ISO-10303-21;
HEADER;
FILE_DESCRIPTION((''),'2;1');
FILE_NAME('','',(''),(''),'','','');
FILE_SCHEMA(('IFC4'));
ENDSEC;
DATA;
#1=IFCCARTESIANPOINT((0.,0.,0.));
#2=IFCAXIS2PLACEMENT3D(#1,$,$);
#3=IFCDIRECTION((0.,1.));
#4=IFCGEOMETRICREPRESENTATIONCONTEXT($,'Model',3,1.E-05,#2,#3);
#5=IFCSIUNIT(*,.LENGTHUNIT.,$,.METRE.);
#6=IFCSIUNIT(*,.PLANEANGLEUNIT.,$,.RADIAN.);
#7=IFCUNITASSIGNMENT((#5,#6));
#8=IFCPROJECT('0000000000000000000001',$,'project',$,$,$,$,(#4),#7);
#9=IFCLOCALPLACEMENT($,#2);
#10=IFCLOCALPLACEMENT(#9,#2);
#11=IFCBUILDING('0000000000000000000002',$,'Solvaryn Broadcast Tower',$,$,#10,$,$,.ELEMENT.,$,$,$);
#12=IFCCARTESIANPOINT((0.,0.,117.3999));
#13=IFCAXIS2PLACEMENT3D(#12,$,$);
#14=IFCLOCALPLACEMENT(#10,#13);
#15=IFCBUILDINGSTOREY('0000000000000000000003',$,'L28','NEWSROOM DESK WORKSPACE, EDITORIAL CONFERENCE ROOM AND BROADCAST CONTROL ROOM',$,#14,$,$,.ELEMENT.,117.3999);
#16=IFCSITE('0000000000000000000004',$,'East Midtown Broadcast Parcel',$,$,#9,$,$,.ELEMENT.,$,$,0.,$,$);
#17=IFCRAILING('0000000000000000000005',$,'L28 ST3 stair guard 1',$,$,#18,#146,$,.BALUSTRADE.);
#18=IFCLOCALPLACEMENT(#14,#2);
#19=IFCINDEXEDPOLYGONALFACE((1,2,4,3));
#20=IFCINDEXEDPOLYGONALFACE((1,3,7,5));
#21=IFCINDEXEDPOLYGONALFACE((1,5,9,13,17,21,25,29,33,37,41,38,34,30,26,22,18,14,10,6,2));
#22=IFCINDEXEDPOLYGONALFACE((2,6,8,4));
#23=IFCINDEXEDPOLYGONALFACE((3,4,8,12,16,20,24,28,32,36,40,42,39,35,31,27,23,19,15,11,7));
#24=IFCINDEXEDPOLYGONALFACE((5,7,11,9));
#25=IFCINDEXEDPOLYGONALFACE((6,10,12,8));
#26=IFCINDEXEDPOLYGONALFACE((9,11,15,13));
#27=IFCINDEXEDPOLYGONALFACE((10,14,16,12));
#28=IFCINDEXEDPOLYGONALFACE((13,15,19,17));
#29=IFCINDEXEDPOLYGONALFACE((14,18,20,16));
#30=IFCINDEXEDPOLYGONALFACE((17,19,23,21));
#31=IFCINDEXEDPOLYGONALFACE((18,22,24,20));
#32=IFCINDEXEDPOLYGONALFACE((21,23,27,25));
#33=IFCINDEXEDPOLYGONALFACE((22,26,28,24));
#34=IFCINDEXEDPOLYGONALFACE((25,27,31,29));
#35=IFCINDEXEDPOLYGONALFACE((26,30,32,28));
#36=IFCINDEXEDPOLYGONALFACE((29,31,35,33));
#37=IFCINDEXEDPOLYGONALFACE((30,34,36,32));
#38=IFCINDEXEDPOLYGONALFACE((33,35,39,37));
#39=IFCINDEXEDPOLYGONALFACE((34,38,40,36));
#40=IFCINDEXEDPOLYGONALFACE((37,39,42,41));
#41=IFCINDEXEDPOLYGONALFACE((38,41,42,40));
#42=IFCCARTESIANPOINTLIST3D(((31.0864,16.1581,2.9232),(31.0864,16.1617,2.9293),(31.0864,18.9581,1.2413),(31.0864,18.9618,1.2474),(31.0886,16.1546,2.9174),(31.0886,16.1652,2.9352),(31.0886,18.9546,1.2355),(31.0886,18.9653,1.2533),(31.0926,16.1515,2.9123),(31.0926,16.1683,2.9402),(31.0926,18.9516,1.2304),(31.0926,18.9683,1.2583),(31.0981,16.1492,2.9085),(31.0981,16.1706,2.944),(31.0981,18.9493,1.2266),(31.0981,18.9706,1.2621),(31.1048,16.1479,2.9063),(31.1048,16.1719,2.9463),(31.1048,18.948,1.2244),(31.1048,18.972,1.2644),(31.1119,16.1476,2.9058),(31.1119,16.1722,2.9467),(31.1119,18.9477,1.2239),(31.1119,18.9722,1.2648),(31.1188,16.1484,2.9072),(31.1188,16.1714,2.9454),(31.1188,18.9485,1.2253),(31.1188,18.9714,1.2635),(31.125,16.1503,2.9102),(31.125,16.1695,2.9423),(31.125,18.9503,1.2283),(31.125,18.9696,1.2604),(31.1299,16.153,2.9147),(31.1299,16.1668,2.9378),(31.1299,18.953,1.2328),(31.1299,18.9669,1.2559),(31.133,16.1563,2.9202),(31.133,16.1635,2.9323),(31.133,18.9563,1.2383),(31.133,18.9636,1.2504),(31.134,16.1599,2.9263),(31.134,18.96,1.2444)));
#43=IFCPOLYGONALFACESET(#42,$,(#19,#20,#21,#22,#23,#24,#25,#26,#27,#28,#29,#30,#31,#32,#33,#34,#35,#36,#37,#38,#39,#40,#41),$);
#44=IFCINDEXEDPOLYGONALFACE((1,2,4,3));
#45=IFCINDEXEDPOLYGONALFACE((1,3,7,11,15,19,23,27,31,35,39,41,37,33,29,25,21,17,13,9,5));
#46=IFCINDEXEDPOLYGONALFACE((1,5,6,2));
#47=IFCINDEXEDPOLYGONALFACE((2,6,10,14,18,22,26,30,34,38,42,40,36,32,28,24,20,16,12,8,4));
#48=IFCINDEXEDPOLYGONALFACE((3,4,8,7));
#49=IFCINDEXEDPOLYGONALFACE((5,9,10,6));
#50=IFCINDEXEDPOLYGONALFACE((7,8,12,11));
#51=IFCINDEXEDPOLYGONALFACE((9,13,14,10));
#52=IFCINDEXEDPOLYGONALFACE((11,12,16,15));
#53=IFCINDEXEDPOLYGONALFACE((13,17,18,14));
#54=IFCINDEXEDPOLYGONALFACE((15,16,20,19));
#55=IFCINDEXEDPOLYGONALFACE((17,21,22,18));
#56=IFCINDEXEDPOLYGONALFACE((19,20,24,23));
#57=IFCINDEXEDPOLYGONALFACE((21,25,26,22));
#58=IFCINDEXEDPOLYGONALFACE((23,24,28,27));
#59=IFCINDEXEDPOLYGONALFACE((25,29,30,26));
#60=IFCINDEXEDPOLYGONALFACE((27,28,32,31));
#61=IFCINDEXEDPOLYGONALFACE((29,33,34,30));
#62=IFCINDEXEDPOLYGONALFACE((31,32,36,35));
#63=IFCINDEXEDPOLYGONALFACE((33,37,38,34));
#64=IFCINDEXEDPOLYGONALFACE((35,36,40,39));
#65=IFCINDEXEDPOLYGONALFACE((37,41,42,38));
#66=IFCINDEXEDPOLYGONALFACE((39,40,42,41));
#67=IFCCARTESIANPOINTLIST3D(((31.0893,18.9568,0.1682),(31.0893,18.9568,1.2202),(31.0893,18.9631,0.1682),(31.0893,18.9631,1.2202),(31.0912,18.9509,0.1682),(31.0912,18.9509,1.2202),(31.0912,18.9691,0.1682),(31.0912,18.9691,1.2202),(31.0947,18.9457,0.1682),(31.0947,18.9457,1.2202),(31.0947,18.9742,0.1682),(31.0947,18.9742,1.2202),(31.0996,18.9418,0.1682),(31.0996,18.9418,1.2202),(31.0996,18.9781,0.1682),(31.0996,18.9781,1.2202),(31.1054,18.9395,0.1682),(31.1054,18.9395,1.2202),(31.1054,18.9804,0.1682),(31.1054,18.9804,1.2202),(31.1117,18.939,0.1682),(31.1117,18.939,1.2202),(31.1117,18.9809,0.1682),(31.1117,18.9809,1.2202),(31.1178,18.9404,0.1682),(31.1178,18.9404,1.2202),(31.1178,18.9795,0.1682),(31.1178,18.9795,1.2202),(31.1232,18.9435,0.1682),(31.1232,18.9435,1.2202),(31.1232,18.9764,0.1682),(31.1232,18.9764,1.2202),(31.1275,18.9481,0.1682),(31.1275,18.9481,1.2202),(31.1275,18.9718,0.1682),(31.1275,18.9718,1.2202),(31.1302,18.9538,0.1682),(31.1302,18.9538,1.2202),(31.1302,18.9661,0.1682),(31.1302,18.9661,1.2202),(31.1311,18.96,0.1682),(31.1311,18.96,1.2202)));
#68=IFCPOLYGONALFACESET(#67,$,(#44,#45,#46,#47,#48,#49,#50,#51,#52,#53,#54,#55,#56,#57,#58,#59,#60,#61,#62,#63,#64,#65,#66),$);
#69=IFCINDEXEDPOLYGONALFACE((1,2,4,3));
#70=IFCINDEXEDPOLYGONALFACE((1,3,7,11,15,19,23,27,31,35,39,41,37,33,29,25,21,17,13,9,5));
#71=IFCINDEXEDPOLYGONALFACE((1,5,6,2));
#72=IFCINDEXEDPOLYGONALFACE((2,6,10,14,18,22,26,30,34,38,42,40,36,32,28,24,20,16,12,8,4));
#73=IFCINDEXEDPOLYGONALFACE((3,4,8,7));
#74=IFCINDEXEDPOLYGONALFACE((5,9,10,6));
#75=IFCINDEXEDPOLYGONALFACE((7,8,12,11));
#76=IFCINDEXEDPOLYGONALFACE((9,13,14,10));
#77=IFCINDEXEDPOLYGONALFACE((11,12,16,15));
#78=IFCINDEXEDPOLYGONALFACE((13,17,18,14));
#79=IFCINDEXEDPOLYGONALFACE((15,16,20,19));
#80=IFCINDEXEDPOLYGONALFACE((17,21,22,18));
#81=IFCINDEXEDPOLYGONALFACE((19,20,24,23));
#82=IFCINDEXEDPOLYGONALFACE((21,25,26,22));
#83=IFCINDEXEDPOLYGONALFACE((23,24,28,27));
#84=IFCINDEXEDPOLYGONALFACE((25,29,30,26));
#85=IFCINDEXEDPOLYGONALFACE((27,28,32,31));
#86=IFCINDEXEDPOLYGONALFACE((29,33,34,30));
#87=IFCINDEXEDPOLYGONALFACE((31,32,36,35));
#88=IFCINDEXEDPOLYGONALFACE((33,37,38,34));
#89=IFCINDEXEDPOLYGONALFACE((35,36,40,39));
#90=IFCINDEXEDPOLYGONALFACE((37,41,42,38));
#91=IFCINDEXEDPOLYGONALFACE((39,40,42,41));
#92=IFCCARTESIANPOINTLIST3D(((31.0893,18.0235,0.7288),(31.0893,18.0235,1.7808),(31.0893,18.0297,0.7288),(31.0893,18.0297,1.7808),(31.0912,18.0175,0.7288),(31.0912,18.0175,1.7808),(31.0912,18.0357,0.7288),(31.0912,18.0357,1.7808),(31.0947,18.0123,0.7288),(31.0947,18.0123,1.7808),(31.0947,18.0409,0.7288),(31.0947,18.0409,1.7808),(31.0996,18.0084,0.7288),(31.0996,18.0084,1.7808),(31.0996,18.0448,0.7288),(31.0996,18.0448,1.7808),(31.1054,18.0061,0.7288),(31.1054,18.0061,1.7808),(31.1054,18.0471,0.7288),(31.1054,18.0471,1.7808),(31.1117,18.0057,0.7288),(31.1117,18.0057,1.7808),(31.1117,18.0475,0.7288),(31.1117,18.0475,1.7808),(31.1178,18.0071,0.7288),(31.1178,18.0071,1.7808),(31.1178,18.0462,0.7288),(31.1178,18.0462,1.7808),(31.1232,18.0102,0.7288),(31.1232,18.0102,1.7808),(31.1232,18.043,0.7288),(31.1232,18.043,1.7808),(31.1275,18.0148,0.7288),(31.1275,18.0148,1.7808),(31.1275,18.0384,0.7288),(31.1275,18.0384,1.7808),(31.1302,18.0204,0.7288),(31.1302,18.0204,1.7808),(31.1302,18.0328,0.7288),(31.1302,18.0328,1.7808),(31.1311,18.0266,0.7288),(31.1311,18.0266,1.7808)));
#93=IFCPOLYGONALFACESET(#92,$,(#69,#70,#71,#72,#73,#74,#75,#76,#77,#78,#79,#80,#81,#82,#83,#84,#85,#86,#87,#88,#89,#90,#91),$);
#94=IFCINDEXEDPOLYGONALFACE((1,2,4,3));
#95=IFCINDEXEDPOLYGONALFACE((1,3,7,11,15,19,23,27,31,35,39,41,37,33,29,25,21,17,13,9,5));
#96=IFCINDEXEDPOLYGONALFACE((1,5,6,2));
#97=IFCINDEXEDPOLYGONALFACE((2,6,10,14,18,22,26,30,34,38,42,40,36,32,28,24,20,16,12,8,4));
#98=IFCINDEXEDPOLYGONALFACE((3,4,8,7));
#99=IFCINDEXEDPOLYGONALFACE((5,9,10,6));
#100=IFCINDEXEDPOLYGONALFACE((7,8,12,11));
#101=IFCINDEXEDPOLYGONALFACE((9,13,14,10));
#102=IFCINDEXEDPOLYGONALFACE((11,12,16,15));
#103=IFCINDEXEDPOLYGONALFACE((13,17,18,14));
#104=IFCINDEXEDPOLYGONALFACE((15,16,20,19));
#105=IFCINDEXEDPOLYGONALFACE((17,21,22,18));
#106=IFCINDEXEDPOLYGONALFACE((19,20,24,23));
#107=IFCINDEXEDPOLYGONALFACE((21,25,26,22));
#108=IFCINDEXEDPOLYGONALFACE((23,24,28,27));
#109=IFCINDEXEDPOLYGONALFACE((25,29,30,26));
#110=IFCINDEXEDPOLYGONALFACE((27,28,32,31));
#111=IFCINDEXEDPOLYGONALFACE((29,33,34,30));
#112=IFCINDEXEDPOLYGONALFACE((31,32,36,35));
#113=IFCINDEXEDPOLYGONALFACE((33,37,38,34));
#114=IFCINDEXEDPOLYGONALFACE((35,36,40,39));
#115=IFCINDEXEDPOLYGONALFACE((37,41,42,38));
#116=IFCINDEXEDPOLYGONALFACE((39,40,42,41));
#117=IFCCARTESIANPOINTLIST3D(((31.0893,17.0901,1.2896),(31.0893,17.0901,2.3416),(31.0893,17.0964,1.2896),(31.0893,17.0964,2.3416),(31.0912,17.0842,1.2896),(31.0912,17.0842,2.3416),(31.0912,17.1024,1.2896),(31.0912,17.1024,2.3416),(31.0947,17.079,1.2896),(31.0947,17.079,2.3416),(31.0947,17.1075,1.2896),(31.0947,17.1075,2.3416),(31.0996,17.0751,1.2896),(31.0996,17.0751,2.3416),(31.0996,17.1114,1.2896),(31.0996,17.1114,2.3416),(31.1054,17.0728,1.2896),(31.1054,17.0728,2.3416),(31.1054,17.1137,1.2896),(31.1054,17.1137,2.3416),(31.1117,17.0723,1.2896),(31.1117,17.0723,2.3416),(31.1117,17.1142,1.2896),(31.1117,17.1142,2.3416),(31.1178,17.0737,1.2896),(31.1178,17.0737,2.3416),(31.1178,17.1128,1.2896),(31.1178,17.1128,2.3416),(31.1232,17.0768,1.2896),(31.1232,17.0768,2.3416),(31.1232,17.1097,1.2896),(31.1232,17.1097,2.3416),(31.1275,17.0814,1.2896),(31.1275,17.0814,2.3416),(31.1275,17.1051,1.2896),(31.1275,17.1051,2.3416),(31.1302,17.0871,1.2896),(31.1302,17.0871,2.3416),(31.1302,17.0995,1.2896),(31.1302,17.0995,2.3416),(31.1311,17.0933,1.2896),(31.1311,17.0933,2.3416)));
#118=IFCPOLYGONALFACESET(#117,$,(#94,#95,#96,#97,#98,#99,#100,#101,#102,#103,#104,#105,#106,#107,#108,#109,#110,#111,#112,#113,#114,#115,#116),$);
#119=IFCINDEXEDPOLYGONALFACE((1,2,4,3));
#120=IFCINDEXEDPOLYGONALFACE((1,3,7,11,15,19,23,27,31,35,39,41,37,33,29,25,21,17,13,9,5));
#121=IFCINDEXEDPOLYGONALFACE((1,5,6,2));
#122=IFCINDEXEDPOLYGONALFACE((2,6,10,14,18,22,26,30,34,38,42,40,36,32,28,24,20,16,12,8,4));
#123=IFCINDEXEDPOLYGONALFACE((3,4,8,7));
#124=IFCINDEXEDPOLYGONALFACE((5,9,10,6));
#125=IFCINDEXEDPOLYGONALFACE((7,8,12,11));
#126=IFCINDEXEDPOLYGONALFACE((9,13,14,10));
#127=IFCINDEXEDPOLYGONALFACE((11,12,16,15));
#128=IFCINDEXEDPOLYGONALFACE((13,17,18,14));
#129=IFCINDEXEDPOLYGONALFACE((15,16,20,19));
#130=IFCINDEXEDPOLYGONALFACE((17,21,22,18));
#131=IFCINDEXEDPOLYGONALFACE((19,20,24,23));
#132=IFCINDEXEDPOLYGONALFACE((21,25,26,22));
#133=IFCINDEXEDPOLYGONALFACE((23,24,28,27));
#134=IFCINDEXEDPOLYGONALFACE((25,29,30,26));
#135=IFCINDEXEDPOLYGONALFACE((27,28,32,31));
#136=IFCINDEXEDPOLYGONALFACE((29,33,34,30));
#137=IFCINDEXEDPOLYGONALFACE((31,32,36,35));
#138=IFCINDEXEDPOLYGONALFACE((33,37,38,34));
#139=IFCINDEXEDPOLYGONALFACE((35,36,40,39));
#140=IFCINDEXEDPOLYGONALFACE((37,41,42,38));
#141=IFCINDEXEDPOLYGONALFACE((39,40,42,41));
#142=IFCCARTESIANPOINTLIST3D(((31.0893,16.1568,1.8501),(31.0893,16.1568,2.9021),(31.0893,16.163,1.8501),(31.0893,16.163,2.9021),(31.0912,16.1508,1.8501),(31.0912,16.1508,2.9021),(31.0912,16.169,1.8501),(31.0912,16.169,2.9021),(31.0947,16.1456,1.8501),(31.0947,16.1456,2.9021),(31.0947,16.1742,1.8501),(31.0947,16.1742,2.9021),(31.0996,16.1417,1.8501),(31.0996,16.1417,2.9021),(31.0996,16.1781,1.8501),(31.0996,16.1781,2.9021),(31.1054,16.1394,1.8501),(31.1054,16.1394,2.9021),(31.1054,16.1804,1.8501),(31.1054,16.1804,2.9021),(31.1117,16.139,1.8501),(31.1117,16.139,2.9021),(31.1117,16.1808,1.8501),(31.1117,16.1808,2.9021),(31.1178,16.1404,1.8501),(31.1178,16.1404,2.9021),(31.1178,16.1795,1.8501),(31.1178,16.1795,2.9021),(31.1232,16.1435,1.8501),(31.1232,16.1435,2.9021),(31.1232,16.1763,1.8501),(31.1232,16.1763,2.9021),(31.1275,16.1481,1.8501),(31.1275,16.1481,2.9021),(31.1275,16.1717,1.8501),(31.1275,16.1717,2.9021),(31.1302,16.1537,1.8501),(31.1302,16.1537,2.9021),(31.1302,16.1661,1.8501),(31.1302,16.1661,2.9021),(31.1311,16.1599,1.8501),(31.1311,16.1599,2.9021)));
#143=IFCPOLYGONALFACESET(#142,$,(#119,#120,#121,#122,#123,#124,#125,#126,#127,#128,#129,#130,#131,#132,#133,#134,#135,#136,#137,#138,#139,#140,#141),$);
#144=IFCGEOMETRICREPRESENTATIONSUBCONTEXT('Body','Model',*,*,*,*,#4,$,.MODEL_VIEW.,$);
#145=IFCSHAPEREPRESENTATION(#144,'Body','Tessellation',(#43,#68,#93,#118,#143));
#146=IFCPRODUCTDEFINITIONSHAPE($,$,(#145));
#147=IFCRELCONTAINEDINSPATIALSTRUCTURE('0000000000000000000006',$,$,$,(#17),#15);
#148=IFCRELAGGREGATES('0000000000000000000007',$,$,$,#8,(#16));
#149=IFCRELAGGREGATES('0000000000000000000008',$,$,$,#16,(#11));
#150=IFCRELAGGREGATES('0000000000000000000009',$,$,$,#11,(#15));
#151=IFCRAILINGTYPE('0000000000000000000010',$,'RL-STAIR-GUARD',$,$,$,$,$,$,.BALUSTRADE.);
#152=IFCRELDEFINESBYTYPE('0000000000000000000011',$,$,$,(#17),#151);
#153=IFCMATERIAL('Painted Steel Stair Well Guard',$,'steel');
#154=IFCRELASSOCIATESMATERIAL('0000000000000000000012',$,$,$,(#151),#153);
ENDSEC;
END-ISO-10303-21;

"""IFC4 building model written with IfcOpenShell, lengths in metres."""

from ifc_helpers import new_model, si_unit, direction, frame, origin, origin_2d, place, context, subcontext, project, spatial, circle, extrude, material, type_object, element, save


model = new_model("IFC4")

# Units and contexts
model_context = context("Model", 3, precision=1e-05, world=origin(), true_north=direction((0.0, 1.0)))
body_context = subcontext(model_context, "Body", "Model", "MODEL_VIEW")
ifc_project = project(units=[si_unit("LENGTHUNIT", "METRE"), si_unit("PLANEANGLEUNIT", "RADIAN")], contexts=[model_context])

# Site, building, storey
site_placement = place(None, origin())
site = spatial("IfcSite", under=ifc_project, at=site_placement, Name="East Midtown Broadcast Parcel", CompositionType="ELEMENT", RefElevation=0.0)
building_placement = place(site_placement, origin())
building = spatial("IfcBuilding", under=site, at=building_placement, Name="Solvaryn Broadcast Tower", CompositionType="ELEMENT")
storey_placement = place(building_placement, frame((0.0, 0.0, 117.3999)))
storey = spatial("IfcBuildingStorey", under=building, at=storey_placement, Name="L28", Description="NEWSROOM DESK WORKSPACE, EDITORIAL CONFERENCE ROOM AND BROADCAST CONTROL ROOM", CompositionType="ELEMENT", Elevation=117.3999)

# Railing
ifc_material_1 = material(Name="Painted Steel Stair Well Guard", Category="steel")
railing_type_1 = type_object("IfcRailingType", Name="RL-STAIR-GUARD", PredefinedType="BALUSTRADE", material=ifc_material_1)
railing_1_placement = place(storey_placement, frame((31.1101, 18.96, 0.1682)))
element("IfcRailing", 1, at=railing_1_placement, inside=storey, type_object=railing_type_1, Name="L28 ST3 stair guard 1", PredefinedType="BALUSTRADE", context=body_context, shape_type="SweptSolid", body=[
    extrude(circle(Radius=0.0239, at=origin_2d()), frame((0.0, 0.0, 1.0762), z_axis=(0.0, -0.857242, 0.514913), x_axis=(1.0, 0.0, 0.0)), (0.0, 0.0, 1.0), 3.2664),
    extrude(circle(Radius=0.021, at=origin_2d()), origin(), (0.0, 0.0, 1.0), 1.052),
    extrude(circle(Radius=0.021, at=origin_2d()), frame((0.0, -0.9333, 0.5605)), (0.0, 0.0, 1.0), 1.052),
    extrude(circle(Radius=0.021, at=origin_2d()), frame((0.0, -1.8667, 1.1213)), (0.0, 0.0, 1.0), 1.052),
    extrude(circle(Radius=0.021, at=origin_2d()), frame((0.0, -2.8, 1.6819)), (0.0, 0.0, 1.0), 1.052),
])

save(model, "model.ifc")
